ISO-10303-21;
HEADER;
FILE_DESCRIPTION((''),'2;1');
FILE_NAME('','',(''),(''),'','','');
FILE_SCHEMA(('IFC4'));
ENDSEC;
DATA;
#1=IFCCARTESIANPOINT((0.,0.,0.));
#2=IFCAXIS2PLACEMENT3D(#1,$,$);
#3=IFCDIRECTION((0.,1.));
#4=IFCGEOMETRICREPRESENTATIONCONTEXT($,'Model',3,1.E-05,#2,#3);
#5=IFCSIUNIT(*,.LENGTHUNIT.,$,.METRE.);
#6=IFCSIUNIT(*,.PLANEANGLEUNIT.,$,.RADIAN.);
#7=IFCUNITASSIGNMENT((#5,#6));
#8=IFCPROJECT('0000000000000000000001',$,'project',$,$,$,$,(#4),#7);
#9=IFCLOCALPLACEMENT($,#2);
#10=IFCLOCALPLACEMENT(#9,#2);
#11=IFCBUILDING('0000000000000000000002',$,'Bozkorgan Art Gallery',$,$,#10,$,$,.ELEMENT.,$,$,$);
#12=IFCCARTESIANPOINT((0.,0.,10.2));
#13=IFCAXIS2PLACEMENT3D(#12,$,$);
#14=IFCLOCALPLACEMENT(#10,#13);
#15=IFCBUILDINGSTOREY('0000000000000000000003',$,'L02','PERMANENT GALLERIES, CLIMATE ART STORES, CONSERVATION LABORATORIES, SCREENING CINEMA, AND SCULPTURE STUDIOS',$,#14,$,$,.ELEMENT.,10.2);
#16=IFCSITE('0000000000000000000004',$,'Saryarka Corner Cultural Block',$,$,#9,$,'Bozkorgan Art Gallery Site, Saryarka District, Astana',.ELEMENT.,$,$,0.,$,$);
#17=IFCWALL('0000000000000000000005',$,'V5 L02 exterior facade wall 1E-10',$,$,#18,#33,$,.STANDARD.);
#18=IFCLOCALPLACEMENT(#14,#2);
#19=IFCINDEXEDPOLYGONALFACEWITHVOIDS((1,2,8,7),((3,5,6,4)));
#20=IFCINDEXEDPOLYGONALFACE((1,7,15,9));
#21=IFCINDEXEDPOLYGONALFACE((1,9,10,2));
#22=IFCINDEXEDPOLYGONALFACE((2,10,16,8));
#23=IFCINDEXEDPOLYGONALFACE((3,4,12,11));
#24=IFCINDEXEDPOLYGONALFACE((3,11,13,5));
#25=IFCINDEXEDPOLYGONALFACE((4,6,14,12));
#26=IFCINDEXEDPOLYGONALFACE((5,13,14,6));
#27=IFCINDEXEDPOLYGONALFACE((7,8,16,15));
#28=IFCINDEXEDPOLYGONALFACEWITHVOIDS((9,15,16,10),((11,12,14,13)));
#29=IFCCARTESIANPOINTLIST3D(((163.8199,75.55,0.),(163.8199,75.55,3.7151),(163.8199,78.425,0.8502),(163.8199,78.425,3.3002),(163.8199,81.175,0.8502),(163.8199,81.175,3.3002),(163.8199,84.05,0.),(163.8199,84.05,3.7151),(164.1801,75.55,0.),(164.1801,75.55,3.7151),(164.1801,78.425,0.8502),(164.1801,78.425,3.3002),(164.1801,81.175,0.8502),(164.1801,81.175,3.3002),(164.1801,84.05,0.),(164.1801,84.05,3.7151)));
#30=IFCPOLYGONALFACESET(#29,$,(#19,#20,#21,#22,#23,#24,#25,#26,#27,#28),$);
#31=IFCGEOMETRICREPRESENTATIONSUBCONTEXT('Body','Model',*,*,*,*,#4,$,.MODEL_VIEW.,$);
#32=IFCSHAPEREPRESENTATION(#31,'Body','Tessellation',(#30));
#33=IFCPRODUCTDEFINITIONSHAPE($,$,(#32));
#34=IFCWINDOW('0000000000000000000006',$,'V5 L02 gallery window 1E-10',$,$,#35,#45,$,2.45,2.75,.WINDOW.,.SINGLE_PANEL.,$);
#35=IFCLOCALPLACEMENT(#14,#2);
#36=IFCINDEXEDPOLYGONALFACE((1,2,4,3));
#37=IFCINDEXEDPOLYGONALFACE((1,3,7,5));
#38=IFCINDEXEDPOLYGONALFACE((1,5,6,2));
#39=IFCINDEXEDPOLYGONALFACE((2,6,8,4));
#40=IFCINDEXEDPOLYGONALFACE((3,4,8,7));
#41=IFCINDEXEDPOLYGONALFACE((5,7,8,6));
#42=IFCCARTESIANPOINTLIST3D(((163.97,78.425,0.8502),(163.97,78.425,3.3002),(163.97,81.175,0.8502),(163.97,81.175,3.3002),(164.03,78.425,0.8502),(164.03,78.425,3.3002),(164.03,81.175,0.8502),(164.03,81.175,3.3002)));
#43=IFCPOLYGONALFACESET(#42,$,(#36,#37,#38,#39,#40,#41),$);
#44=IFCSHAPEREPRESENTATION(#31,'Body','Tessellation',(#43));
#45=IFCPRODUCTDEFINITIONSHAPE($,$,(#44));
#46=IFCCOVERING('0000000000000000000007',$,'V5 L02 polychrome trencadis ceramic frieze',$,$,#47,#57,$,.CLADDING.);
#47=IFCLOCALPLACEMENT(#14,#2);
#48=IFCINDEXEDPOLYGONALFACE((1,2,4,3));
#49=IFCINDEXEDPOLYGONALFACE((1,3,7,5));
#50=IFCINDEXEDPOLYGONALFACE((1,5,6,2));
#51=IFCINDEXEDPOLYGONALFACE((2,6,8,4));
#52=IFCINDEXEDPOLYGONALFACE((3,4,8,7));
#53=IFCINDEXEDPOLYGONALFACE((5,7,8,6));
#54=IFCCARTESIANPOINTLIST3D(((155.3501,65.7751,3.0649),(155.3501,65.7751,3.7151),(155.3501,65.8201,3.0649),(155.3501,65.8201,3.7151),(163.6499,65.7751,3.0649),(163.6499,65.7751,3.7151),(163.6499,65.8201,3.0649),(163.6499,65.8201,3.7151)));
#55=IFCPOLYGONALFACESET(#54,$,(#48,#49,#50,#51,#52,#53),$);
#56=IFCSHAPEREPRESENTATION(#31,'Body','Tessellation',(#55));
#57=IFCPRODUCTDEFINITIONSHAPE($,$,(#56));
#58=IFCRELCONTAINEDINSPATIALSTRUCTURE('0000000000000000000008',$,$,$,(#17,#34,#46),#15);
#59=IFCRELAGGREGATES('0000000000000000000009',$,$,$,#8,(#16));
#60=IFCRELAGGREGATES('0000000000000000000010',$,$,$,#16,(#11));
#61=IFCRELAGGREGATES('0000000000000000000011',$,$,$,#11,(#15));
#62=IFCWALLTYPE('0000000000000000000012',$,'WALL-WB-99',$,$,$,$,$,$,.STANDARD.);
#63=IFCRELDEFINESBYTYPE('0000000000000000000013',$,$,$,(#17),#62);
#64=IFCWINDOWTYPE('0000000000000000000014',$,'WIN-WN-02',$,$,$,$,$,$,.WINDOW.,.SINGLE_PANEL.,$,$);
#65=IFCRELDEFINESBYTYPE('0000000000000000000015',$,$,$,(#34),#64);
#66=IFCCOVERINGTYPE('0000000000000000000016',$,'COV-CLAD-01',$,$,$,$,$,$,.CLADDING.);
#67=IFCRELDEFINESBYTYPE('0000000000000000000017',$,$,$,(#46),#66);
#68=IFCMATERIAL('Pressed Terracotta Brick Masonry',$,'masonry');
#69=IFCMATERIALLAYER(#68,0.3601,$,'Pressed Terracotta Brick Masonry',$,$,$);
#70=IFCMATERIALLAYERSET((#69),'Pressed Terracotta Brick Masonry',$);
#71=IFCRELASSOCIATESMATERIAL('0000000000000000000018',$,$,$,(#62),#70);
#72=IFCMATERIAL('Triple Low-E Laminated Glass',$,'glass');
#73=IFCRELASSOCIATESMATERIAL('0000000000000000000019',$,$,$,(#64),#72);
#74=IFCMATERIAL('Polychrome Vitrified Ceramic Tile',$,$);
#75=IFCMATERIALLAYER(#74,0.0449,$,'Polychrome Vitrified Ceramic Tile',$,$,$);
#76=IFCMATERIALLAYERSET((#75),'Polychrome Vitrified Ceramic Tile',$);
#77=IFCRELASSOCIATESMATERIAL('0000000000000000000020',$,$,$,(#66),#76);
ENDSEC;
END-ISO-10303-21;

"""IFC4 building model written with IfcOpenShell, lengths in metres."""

from ifc_helpers import new_model, si_unit, direction, frame, frame_2d, origin, place, context, subcontext, project, spatial, rectangle, extrude, material, layer, layer_set, type_object, element, fill, save


model = new_model("IFC4")

# Units and contexts
model_context = context("Model", 3, precision=1e-05, world=origin(), true_north=direction((0.0, 1.0)))
body_context = subcontext(model_context, "Body", "Model", "MODEL_VIEW")
ifc_project = project(units=[si_unit("LENGTHUNIT", "METRE"), si_unit("PLANEANGLEUNIT", "RADIAN")], contexts=[model_context])

# Site, building, storey
site_placement = place(None, origin())
site = spatial("IfcSite", under=ifc_project, at=site_placement, Name="Saryarka Corner Cultural Block", LongName="Bozkorgan Art Gallery Site, Saryarka District, Astana", CompositionType="ELEMENT", RefElevation=0.0)
building_placement = place(site_placement, origin())
building = spatial("IfcBuilding", under=site, at=building_placement, Name="Bozkorgan Art Gallery", CompositionType="ELEMENT")
storey_placement = place(building_placement, frame((0.0, 0.0, 10.2)))
storey = spatial("IfcBuildingStorey", under=building, at=storey_placement, Name="L02", Description="PERMANENT GALLERIES, CLIMATE ART STORES, CONSERVATION LABORATORIES, SCREENING CINEMA, AND SCULPTURE STUDIOS", CompositionType="ELEMENT", Elevation=10.2)

# Shared definitions
ifc_material_1 = material(Name="Pressed Terracotta Brick Masonry", Category="masonry")
ifc_layer_1 = layer(ifc_material_1, 0.3601, Name="Pressed Terracotta Brick Masonry")
ifc_layer_set_1 = layer_set([ifc_layer_1], Name="Pressed Terracotta Brick Masonry")
wall_type_1 = type_object("IfcWallType", Name="WALL-WB-99", PredefinedType="STANDARD", material=ifc_layer_set_1)

# Wall, opening, window
ifc_material_2 = material(Name="Triple Low-E Laminated Glass", Category="glass")
wall_1_placement = place(storey_placement, frame((164.0, 75.55, 0.0), z_axis=(0.0, 0.0, 1.0), x_axis=(0.0, 1.0, 0.0)))
wall_1 = element("IfcWall", 1, at=wall_1_placement, inside=storey, type_object=wall_type_1, Name="V5 L02 exterior facade wall 1E-10", PredefinedType="STANDARD", context=body_context, shape_type="SweptSolid", body=[
    extrude(rectangle(XDim=8.5, YDim=0.3601, at=frame_2d((4.25, 0.0))), origin(), (0.0, 0.0, 1.0), 3.7151),
])
opening_1_placement = place(wall_1_placement, frame((5.625, 0.0, 0.8501), z_axis=(0.0, 0.0, 1.0), x_axis=(-1.0, 0.0, 0.0)))
opening_1 = element("IfcOpeningElement", 2, at=opening_1_placement, cuts=wall_1, PredefinedType="OPENING", context=body_context, shape_type="SweptSolid", body=[
    extrude(rectangle(XDim=2.75, YDim=2.45, at=frame_2d((1.375, 1.2251))), frame((0.0, 0.1899, 0.0), z_axis=(0.0, -1.0, 0.0), x_axis=(1.0, 0.0, 0.0)), (0.0, 0.0, 1.0), 0.3801),
])
window_type_1 = type_object("IfcWindowType", Name="WIN-WN-02", PartitioningType="SINGLE_PANEL", PredefinedType="WINDOW", material=ifc_material_2)
window_1_placement = place(opening_1_placement, origin())
window_1 = element("IfcWindow", 3, at=window_1_placement, inside=storey, type_object=window_type_1, Name="V5 L02 gallery window 1E-10", OverallHeight=2.45, OverallWidth=2.75, PartitioningType="SINGLE_PANEL", PredefinedType="WINDOW", context=body_context, shape_type="SweptSolid", body=[
    extrude(rectangle(XDim=2.75, YDim=2.45, at=frame_2d((1.375, 1.2251))), frame((0.0, 0.03, 0.0), z_axis=(0.0, -1.0, 0.0), x_axis=(1.0, 0.0, 0.0)), (0.0, 0.0, 1.0), 0.0601),
])
fill(opening_1, window_1)

# Covering
ifc_material_3 = material(Name="Polychrome Vitrified Ceramic Tile")
ifc_layer_2 = layer(ifc_material_3, 0.0449, Name="Polychrome Vitrified Ceramic Tile")
ifc_layer_set_2 = layer_set([ifc_layer_2], Name="Polychrome Vitrified Ceramic Tile")
covering_type = type_object("IfcCoveringType", Name="COV-CLAD-01", PredefinedType="CLADDING", material=ifc_layer_set_2)
covering_placement = place(storey_placement, frame((155.3501, 65.7976, 3.0649), z_axis=(0.0, 0.0, 1.0), x_axis=(1.0, 0.0, 0.0)))
element("IfcCovering", 4, at=covering_placement, inside=storey, type_object=covering_type, Name="V5 L02 polychrome trencadis ceramic frieze", PredefinedType="CLADDING", context=body_context, shape_type="SweptSolid", body=[
    extrude(rectangle(XDim=8.2998, YDim=0.0449, at=frame_2d((4.1499, 0.0))), origin(), (0.0, 0.0, 1.0), 0.6501),
])

save(model, "model.ifc")
